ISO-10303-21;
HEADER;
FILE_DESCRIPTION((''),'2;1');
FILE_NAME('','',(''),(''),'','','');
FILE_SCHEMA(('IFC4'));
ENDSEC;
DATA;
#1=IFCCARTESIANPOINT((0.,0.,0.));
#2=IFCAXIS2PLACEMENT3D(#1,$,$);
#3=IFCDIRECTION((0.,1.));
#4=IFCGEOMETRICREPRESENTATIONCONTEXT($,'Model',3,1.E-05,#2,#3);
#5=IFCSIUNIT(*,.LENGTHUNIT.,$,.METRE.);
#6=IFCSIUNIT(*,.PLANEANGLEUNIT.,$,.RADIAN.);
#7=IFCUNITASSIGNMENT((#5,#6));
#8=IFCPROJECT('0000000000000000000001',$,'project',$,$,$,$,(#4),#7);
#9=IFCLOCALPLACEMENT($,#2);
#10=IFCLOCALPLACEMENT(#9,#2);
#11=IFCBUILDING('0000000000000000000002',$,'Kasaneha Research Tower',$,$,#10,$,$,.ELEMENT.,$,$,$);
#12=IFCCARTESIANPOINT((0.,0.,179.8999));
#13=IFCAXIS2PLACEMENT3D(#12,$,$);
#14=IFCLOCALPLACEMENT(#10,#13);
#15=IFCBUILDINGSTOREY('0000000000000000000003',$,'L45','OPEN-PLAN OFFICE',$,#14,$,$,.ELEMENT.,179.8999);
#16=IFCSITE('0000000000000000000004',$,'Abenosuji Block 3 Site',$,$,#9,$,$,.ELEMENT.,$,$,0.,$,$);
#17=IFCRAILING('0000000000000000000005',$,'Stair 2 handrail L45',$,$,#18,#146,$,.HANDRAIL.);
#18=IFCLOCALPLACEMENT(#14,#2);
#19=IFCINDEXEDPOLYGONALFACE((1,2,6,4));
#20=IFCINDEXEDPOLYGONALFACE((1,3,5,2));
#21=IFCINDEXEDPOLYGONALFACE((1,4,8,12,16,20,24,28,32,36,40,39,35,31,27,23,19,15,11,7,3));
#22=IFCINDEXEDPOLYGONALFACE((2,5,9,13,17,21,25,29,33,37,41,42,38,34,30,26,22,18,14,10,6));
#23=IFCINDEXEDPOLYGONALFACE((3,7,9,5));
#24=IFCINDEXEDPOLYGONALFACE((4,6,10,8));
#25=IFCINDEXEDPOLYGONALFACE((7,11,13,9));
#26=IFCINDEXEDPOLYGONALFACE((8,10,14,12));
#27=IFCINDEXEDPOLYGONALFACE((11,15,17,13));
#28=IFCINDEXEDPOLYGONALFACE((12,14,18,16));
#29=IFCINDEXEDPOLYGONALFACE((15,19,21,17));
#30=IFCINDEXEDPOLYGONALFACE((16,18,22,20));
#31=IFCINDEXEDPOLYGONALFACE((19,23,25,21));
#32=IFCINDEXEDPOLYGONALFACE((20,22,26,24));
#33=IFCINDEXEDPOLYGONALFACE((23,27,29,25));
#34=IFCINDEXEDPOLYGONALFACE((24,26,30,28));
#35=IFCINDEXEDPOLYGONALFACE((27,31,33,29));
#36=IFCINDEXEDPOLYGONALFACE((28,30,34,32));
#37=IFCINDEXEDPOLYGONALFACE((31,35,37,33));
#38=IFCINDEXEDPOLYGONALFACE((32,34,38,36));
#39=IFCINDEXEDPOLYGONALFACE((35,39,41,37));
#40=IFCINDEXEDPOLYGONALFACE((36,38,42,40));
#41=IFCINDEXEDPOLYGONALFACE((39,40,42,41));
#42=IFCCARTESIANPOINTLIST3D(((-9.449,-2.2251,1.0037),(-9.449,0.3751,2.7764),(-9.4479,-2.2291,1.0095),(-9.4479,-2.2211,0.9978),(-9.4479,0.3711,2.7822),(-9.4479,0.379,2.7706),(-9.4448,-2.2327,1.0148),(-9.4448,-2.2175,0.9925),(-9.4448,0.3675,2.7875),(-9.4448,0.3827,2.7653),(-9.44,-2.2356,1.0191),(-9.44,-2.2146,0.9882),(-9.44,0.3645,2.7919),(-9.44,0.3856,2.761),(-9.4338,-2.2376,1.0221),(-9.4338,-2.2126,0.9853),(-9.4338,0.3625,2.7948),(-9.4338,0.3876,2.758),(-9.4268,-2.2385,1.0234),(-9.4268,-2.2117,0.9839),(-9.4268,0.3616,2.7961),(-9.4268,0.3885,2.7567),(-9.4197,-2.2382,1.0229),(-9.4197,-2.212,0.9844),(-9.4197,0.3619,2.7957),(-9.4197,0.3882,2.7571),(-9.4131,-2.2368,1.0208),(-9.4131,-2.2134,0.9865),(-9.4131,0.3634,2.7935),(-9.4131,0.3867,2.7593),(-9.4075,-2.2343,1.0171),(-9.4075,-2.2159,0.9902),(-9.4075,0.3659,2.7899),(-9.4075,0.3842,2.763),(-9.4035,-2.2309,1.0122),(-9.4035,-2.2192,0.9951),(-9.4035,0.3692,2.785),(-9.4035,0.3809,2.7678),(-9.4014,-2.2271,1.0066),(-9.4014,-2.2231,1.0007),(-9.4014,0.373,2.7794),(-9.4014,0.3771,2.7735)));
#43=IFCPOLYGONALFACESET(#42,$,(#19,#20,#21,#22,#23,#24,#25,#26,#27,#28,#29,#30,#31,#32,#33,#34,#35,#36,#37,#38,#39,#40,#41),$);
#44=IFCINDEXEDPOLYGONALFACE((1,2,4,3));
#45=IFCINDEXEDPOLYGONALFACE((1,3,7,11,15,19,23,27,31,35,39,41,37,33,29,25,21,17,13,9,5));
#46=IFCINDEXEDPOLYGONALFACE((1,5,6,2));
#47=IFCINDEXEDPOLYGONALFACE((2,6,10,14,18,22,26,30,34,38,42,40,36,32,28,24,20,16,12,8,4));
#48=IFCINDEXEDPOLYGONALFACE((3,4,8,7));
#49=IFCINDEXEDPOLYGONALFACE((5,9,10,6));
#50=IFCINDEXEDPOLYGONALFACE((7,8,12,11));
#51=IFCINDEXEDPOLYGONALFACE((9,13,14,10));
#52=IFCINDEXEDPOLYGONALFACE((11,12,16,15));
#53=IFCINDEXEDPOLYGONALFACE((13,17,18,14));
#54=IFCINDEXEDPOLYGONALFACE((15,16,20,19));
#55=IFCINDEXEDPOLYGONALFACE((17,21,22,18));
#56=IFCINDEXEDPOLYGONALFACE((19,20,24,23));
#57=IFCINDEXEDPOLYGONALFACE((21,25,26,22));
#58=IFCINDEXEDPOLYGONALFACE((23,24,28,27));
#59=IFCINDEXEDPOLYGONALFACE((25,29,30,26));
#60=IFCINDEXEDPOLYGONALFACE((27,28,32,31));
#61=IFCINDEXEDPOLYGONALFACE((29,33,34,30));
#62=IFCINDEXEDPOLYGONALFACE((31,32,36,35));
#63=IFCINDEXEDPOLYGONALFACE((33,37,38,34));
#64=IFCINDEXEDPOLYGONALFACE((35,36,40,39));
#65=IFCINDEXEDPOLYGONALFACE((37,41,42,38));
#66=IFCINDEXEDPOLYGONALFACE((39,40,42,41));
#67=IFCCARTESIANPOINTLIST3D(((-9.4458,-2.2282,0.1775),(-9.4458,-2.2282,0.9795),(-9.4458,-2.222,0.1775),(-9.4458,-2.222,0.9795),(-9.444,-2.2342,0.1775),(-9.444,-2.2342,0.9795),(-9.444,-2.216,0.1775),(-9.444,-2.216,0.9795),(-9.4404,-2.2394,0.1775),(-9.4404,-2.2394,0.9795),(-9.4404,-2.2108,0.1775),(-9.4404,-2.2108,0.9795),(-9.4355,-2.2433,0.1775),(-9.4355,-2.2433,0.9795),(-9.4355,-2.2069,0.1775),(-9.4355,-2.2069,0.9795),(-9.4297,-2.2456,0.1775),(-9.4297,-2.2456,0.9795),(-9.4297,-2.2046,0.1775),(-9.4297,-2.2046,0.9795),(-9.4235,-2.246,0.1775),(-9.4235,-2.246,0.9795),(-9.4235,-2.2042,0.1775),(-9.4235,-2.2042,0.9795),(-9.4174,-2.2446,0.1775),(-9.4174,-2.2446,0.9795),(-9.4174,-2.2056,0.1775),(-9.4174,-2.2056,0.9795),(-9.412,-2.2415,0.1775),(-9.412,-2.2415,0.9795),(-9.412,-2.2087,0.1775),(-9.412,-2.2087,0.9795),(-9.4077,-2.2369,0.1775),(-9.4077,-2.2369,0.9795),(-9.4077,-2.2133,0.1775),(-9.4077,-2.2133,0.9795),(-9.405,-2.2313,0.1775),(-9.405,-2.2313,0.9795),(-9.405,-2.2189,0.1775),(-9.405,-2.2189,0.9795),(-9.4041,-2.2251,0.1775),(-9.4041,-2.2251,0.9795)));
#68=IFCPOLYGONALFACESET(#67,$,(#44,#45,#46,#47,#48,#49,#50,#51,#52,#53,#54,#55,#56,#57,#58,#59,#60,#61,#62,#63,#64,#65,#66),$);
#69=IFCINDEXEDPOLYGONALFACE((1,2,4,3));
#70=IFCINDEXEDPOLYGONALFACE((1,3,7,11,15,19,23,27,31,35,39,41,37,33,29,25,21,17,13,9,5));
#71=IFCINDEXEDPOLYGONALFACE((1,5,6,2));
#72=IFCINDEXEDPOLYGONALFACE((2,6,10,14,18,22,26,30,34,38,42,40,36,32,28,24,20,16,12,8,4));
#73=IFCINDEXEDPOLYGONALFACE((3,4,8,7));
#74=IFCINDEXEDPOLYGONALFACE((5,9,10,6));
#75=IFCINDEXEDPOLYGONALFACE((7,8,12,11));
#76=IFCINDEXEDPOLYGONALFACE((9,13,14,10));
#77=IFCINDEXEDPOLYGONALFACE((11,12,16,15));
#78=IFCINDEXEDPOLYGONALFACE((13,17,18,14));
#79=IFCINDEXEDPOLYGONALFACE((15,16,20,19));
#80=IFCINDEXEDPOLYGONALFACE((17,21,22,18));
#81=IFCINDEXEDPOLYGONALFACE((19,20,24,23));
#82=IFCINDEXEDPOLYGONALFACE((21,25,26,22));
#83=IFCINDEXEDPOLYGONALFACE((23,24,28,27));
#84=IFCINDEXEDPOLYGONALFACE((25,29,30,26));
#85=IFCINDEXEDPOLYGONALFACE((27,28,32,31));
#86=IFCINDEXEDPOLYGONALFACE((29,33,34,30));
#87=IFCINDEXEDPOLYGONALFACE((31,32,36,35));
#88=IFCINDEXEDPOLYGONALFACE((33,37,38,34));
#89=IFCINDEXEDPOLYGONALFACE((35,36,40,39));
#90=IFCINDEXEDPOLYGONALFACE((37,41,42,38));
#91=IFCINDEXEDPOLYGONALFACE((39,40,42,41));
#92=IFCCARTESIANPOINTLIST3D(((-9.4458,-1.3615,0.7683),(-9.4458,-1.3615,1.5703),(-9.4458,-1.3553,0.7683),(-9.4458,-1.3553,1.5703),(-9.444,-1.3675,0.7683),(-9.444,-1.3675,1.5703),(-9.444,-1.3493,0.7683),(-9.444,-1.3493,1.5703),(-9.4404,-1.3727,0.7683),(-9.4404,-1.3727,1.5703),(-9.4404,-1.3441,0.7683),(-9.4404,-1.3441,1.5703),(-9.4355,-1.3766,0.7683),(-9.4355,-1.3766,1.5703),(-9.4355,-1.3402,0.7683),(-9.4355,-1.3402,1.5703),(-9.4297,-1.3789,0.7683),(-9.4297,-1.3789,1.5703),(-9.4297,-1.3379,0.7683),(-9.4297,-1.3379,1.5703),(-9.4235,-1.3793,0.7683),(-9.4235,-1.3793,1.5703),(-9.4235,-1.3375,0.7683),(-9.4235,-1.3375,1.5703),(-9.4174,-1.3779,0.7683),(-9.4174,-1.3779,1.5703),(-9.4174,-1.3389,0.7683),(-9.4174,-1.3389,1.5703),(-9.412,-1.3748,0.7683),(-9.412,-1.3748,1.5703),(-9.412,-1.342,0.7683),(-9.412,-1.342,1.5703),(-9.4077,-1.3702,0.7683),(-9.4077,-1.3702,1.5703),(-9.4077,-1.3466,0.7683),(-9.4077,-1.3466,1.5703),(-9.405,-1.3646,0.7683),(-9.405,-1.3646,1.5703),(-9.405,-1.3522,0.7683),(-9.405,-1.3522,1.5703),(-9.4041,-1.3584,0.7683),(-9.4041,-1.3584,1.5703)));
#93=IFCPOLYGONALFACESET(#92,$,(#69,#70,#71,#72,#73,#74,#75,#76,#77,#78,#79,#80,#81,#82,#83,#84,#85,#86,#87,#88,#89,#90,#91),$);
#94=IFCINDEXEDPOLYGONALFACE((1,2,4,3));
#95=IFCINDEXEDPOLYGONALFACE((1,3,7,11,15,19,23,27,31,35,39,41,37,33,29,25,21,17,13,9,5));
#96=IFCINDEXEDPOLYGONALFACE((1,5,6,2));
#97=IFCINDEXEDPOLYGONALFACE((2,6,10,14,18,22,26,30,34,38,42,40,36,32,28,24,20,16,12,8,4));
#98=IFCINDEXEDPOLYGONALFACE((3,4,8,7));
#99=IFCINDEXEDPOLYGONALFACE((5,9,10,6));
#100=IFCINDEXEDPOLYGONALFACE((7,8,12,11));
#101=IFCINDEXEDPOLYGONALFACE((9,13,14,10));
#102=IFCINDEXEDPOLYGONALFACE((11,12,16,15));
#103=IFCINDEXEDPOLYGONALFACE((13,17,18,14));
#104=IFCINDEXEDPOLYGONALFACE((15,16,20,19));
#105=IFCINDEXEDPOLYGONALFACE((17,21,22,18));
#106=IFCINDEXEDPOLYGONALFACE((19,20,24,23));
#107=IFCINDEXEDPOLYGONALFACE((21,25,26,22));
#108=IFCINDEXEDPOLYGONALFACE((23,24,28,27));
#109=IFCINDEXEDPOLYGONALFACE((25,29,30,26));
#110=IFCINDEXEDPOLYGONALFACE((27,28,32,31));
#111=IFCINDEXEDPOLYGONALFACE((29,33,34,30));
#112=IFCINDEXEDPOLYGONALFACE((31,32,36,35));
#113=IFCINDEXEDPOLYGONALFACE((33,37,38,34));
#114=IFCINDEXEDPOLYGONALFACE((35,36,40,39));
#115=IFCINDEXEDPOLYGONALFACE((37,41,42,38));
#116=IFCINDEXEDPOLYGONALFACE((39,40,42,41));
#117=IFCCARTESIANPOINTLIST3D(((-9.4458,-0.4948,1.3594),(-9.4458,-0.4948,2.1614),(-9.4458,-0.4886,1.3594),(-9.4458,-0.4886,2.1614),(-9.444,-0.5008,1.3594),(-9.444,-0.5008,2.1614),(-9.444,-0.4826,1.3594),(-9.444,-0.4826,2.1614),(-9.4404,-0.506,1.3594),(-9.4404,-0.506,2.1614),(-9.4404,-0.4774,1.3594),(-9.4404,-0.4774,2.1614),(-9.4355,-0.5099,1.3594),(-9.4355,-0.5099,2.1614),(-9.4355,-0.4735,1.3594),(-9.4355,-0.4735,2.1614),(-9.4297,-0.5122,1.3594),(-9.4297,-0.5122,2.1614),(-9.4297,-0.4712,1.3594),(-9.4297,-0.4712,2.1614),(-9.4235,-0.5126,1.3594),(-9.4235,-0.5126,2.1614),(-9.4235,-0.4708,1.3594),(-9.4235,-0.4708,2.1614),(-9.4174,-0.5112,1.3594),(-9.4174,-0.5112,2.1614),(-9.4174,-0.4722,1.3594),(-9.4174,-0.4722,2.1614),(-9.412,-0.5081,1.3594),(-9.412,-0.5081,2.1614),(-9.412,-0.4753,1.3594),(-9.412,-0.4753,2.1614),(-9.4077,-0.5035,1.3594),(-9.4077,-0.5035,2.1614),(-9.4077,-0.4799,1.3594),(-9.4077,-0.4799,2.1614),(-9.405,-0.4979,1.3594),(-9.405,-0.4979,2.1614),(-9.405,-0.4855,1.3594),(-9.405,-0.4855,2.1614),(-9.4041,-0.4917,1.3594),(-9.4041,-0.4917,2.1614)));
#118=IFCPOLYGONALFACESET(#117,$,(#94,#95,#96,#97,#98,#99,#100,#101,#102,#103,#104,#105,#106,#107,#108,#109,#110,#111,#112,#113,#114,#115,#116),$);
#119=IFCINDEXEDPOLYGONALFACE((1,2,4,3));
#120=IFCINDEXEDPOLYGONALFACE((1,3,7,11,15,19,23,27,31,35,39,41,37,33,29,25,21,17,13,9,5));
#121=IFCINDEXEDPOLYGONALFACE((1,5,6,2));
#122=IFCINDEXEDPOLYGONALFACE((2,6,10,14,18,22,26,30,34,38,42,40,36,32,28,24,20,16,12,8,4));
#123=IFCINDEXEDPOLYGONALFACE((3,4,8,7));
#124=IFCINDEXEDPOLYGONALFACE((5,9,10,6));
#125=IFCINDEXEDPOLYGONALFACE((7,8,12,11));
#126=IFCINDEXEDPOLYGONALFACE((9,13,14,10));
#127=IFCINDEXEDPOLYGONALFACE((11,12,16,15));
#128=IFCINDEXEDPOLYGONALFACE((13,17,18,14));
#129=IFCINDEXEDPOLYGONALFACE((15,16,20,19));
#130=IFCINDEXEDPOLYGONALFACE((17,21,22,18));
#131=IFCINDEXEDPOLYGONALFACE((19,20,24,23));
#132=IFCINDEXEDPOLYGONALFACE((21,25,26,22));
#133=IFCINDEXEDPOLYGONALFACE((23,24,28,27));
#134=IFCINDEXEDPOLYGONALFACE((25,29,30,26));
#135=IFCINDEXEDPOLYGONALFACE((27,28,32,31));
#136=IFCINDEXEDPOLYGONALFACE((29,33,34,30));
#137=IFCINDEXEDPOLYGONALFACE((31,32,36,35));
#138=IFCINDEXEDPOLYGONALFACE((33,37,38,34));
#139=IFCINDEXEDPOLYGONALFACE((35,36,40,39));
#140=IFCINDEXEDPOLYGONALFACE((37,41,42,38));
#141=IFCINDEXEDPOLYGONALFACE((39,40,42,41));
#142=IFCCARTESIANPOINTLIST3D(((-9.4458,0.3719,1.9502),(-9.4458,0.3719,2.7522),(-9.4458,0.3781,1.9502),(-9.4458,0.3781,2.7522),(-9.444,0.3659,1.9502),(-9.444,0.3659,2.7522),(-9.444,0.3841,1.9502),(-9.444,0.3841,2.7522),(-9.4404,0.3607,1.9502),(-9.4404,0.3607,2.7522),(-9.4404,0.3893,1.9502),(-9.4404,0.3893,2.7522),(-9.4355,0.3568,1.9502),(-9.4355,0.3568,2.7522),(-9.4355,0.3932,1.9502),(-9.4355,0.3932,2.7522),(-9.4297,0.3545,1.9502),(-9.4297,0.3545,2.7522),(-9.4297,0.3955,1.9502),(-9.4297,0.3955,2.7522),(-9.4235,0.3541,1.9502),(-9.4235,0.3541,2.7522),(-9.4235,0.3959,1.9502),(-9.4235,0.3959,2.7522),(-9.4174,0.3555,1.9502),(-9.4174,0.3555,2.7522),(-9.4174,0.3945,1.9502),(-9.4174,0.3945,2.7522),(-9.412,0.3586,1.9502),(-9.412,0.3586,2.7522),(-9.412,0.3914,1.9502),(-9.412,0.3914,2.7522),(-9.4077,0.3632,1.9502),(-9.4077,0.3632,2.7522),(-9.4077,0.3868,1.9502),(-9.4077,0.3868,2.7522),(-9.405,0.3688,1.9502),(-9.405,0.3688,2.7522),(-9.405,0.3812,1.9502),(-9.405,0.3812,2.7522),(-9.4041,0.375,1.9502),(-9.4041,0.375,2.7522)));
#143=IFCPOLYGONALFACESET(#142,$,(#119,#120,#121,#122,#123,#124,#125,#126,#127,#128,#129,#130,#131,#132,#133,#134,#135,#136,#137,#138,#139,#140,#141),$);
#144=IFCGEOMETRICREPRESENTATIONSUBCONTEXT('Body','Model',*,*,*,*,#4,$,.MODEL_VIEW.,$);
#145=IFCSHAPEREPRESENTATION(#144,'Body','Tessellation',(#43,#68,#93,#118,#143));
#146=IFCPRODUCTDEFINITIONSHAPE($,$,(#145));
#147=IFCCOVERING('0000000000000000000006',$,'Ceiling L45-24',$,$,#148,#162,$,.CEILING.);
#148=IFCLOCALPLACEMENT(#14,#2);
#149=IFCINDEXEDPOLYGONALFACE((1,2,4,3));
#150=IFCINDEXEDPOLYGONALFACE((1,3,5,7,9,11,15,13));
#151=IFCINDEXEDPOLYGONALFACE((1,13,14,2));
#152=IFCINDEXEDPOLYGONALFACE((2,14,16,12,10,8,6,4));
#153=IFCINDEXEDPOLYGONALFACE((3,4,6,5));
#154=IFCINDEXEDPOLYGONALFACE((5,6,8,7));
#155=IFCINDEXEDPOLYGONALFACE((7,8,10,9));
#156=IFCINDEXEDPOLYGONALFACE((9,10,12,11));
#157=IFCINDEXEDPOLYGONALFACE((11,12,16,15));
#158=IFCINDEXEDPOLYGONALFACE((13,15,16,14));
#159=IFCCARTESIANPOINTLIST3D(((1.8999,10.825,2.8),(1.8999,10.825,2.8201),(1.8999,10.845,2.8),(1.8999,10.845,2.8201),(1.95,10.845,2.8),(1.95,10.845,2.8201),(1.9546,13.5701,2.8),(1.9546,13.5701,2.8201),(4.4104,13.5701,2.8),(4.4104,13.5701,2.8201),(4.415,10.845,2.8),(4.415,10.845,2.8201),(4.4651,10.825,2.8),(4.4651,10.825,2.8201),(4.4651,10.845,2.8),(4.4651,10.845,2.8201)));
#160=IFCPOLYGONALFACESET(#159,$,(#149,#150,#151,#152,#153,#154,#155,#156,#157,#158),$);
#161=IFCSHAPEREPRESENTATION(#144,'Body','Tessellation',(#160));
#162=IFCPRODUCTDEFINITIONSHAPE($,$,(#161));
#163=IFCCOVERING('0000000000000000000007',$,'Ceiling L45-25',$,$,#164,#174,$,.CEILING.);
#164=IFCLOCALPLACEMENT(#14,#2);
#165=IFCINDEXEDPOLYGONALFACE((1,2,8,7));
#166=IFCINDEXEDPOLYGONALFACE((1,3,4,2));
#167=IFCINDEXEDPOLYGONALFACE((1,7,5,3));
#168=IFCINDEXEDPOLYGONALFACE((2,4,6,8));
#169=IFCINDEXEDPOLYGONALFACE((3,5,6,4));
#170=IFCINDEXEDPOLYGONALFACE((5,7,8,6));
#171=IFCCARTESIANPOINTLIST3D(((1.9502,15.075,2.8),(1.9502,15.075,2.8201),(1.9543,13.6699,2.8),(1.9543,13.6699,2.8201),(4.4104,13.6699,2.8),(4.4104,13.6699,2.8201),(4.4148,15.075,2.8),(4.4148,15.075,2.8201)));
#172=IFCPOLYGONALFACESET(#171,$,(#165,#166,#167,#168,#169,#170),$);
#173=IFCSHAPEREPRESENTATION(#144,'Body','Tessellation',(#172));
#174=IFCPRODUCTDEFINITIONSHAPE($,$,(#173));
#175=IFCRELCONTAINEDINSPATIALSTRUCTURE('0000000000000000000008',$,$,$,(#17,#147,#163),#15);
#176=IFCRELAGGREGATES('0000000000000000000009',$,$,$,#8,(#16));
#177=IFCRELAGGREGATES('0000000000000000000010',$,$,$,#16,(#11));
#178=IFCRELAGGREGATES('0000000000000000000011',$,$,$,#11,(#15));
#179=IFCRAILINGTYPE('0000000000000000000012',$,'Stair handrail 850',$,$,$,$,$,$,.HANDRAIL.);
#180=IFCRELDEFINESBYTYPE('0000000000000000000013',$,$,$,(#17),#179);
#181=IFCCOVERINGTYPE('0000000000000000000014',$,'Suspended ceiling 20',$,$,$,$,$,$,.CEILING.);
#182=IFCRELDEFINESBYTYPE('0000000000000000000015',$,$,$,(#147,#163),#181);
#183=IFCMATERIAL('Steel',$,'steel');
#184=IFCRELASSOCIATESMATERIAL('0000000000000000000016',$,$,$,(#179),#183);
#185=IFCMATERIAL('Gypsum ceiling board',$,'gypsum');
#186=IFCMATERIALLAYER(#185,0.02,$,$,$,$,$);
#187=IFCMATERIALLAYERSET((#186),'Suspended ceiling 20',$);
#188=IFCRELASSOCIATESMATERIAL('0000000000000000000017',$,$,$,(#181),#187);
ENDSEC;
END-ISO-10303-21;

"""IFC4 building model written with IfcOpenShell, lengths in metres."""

from ifc_helpers import new_model, si_unit, direction, frame, origin, origin_2d, place, context, subcontext, project, spatial, polyline, circle, outline, extrude, material, layer, layer_set, type_object, element, save


model = new_model("IFC4")

# Units and contexts
model_context = context("Model", 3, precision=1e-05, world=origin(), true_north=direction((0.0, 1.0)))
body_context = subcontext(model_context, "Body", "Model", "MODEL_VIEW")
ifc_project = project(units=[si_unit("LENGTHUNIT", "METRE"), si_unit("PLANEANGLEUNIT", "RADIAN")], contexts=[model_context])

# Site, building, storey
site_placement = place(None, origin())
site = spatial("IfcSite", under=ifc_project, at=site_placement, Name="Abenosuji Block 3 Site", CompositionType="ELEMENT", RefElevation=0.0)
building_placement = place(site_placement, origin())
building = spatial("IfcBuilding", under=site, at=building_placement, Name="Kasaneha Research Tower", CompositionType="ELEMENT")
storey_placement = place(building_placement, frame((0.0, 0.0, 179.8999)))
storey = spatial("IfcBuildingStorey", under=building, at=storey_placement, Name="L45", Description="OPEN-PLAN OFFICE", CompositionType="ELEMENT", Elevation=179.8999)

# Railing
ifc_material_1 = material(Name="Steel", Category="steel")
railing_type = type_object("IfcRailingType", Name="Stair handrail 850", PredefinedType="HANDRAIL", material=ifc_material_1)
railing_placement = place(storey_placement, frame((-9.425, -2.2251, 0.1775)))
element("IfcRailing", 1, at=railing_placement, inside=storey, type_object=railing_type, Name="Stair 2 handrail L45", PredefinedType="HANDRAIL", context=body_context, shape_type="SweptSolid", body=[
    extrude(circle(Radius=0.0239, at=origin_2d()), frame((0.0, 0.0, 0.8262), z_axis=(0.0, 0.82624, 0.563318), x_axis=(-1.0, 0.0, 0.0)), (0.0, 0.0, 1.0), 3.147),
    extrude(circle(Radius=0.021, at=origin_2d()), origin(), (0.0, 0.0, 1.0), 0.802),
    extrude(circle(Radius=0.021, at=origin_2d()), frame((0.0, 0.8667, 0.5908)), (0.0, 0.0, 1.0), 0.802),
    extrude(circle(Radius=0.021, at=origin_2d()), frame((0.0, 1.7334, 1.1819)), (0.0, 0.0, 1.0), 0.802),
    extrude(circle(Radius=0.021, at=origin_2d()), frame((0.0, 2.6001, 1.7727)), (0.0, 0.0, 1.0), 0.802),
])

# Coverings
ifc_material_2 = material(Name="Gypsum ceiling board", Category="gypsum")
ifc_layer_1 = layer(ifc_material_2, 0.02)
ifc_layer_set_1 = layer_set([ifc_layer_1], Name="Suspended ceiling 20")
covering_type_1 = type_object("IfcCoveringType", Name="Suspended ceiling 20", PredefinedType="CEILING", material=ifc_layer_set_1)
covering_1_placement = place(storey_placement, frame((0.0, 0.0, 2.8)))
element("IfcCovering", 2, at=covering_1_placement, inside=storey, type_object=covering_type_1, Name="Ceiling L45-24", PredefinedType="CEILING", context=body_context, shape_type="SweptSolid", body=[
    extrude(outline(polyline([(1.8999, 10.825), (1.8999, 10.845), (1.95, 10.845), (1.9546, 13.5701), (4.4104, 13.5701), (4.415, 10.845), (4.4651, 10.845), (4.4651, 10.825), (1.8999, 10.825)])), origin(), (0.0, 0.0, 1.0), 0.02),
])
covering_2_placement = place(storey_placement, frame((0.0, 0.0, 2.8)))
element("IfcCovering", 3, at=covering_2_placement, inside=storey, type_object=covering_type_1, Name="Ceiling L45-25", PredefinedType="CEILING", context=body_context, shape_type="SweptSolid", body=[
    extrude(outline(polyline([(4.4104, 13.6699), (1.9543, 13.6699), (1.9502, 15.075), (4.4148, 15.075), (4.4104, 13.6699)])), origin(), (0.0, 0.0, 1.0), 0.02),
])

save(model, "model.ifc")
